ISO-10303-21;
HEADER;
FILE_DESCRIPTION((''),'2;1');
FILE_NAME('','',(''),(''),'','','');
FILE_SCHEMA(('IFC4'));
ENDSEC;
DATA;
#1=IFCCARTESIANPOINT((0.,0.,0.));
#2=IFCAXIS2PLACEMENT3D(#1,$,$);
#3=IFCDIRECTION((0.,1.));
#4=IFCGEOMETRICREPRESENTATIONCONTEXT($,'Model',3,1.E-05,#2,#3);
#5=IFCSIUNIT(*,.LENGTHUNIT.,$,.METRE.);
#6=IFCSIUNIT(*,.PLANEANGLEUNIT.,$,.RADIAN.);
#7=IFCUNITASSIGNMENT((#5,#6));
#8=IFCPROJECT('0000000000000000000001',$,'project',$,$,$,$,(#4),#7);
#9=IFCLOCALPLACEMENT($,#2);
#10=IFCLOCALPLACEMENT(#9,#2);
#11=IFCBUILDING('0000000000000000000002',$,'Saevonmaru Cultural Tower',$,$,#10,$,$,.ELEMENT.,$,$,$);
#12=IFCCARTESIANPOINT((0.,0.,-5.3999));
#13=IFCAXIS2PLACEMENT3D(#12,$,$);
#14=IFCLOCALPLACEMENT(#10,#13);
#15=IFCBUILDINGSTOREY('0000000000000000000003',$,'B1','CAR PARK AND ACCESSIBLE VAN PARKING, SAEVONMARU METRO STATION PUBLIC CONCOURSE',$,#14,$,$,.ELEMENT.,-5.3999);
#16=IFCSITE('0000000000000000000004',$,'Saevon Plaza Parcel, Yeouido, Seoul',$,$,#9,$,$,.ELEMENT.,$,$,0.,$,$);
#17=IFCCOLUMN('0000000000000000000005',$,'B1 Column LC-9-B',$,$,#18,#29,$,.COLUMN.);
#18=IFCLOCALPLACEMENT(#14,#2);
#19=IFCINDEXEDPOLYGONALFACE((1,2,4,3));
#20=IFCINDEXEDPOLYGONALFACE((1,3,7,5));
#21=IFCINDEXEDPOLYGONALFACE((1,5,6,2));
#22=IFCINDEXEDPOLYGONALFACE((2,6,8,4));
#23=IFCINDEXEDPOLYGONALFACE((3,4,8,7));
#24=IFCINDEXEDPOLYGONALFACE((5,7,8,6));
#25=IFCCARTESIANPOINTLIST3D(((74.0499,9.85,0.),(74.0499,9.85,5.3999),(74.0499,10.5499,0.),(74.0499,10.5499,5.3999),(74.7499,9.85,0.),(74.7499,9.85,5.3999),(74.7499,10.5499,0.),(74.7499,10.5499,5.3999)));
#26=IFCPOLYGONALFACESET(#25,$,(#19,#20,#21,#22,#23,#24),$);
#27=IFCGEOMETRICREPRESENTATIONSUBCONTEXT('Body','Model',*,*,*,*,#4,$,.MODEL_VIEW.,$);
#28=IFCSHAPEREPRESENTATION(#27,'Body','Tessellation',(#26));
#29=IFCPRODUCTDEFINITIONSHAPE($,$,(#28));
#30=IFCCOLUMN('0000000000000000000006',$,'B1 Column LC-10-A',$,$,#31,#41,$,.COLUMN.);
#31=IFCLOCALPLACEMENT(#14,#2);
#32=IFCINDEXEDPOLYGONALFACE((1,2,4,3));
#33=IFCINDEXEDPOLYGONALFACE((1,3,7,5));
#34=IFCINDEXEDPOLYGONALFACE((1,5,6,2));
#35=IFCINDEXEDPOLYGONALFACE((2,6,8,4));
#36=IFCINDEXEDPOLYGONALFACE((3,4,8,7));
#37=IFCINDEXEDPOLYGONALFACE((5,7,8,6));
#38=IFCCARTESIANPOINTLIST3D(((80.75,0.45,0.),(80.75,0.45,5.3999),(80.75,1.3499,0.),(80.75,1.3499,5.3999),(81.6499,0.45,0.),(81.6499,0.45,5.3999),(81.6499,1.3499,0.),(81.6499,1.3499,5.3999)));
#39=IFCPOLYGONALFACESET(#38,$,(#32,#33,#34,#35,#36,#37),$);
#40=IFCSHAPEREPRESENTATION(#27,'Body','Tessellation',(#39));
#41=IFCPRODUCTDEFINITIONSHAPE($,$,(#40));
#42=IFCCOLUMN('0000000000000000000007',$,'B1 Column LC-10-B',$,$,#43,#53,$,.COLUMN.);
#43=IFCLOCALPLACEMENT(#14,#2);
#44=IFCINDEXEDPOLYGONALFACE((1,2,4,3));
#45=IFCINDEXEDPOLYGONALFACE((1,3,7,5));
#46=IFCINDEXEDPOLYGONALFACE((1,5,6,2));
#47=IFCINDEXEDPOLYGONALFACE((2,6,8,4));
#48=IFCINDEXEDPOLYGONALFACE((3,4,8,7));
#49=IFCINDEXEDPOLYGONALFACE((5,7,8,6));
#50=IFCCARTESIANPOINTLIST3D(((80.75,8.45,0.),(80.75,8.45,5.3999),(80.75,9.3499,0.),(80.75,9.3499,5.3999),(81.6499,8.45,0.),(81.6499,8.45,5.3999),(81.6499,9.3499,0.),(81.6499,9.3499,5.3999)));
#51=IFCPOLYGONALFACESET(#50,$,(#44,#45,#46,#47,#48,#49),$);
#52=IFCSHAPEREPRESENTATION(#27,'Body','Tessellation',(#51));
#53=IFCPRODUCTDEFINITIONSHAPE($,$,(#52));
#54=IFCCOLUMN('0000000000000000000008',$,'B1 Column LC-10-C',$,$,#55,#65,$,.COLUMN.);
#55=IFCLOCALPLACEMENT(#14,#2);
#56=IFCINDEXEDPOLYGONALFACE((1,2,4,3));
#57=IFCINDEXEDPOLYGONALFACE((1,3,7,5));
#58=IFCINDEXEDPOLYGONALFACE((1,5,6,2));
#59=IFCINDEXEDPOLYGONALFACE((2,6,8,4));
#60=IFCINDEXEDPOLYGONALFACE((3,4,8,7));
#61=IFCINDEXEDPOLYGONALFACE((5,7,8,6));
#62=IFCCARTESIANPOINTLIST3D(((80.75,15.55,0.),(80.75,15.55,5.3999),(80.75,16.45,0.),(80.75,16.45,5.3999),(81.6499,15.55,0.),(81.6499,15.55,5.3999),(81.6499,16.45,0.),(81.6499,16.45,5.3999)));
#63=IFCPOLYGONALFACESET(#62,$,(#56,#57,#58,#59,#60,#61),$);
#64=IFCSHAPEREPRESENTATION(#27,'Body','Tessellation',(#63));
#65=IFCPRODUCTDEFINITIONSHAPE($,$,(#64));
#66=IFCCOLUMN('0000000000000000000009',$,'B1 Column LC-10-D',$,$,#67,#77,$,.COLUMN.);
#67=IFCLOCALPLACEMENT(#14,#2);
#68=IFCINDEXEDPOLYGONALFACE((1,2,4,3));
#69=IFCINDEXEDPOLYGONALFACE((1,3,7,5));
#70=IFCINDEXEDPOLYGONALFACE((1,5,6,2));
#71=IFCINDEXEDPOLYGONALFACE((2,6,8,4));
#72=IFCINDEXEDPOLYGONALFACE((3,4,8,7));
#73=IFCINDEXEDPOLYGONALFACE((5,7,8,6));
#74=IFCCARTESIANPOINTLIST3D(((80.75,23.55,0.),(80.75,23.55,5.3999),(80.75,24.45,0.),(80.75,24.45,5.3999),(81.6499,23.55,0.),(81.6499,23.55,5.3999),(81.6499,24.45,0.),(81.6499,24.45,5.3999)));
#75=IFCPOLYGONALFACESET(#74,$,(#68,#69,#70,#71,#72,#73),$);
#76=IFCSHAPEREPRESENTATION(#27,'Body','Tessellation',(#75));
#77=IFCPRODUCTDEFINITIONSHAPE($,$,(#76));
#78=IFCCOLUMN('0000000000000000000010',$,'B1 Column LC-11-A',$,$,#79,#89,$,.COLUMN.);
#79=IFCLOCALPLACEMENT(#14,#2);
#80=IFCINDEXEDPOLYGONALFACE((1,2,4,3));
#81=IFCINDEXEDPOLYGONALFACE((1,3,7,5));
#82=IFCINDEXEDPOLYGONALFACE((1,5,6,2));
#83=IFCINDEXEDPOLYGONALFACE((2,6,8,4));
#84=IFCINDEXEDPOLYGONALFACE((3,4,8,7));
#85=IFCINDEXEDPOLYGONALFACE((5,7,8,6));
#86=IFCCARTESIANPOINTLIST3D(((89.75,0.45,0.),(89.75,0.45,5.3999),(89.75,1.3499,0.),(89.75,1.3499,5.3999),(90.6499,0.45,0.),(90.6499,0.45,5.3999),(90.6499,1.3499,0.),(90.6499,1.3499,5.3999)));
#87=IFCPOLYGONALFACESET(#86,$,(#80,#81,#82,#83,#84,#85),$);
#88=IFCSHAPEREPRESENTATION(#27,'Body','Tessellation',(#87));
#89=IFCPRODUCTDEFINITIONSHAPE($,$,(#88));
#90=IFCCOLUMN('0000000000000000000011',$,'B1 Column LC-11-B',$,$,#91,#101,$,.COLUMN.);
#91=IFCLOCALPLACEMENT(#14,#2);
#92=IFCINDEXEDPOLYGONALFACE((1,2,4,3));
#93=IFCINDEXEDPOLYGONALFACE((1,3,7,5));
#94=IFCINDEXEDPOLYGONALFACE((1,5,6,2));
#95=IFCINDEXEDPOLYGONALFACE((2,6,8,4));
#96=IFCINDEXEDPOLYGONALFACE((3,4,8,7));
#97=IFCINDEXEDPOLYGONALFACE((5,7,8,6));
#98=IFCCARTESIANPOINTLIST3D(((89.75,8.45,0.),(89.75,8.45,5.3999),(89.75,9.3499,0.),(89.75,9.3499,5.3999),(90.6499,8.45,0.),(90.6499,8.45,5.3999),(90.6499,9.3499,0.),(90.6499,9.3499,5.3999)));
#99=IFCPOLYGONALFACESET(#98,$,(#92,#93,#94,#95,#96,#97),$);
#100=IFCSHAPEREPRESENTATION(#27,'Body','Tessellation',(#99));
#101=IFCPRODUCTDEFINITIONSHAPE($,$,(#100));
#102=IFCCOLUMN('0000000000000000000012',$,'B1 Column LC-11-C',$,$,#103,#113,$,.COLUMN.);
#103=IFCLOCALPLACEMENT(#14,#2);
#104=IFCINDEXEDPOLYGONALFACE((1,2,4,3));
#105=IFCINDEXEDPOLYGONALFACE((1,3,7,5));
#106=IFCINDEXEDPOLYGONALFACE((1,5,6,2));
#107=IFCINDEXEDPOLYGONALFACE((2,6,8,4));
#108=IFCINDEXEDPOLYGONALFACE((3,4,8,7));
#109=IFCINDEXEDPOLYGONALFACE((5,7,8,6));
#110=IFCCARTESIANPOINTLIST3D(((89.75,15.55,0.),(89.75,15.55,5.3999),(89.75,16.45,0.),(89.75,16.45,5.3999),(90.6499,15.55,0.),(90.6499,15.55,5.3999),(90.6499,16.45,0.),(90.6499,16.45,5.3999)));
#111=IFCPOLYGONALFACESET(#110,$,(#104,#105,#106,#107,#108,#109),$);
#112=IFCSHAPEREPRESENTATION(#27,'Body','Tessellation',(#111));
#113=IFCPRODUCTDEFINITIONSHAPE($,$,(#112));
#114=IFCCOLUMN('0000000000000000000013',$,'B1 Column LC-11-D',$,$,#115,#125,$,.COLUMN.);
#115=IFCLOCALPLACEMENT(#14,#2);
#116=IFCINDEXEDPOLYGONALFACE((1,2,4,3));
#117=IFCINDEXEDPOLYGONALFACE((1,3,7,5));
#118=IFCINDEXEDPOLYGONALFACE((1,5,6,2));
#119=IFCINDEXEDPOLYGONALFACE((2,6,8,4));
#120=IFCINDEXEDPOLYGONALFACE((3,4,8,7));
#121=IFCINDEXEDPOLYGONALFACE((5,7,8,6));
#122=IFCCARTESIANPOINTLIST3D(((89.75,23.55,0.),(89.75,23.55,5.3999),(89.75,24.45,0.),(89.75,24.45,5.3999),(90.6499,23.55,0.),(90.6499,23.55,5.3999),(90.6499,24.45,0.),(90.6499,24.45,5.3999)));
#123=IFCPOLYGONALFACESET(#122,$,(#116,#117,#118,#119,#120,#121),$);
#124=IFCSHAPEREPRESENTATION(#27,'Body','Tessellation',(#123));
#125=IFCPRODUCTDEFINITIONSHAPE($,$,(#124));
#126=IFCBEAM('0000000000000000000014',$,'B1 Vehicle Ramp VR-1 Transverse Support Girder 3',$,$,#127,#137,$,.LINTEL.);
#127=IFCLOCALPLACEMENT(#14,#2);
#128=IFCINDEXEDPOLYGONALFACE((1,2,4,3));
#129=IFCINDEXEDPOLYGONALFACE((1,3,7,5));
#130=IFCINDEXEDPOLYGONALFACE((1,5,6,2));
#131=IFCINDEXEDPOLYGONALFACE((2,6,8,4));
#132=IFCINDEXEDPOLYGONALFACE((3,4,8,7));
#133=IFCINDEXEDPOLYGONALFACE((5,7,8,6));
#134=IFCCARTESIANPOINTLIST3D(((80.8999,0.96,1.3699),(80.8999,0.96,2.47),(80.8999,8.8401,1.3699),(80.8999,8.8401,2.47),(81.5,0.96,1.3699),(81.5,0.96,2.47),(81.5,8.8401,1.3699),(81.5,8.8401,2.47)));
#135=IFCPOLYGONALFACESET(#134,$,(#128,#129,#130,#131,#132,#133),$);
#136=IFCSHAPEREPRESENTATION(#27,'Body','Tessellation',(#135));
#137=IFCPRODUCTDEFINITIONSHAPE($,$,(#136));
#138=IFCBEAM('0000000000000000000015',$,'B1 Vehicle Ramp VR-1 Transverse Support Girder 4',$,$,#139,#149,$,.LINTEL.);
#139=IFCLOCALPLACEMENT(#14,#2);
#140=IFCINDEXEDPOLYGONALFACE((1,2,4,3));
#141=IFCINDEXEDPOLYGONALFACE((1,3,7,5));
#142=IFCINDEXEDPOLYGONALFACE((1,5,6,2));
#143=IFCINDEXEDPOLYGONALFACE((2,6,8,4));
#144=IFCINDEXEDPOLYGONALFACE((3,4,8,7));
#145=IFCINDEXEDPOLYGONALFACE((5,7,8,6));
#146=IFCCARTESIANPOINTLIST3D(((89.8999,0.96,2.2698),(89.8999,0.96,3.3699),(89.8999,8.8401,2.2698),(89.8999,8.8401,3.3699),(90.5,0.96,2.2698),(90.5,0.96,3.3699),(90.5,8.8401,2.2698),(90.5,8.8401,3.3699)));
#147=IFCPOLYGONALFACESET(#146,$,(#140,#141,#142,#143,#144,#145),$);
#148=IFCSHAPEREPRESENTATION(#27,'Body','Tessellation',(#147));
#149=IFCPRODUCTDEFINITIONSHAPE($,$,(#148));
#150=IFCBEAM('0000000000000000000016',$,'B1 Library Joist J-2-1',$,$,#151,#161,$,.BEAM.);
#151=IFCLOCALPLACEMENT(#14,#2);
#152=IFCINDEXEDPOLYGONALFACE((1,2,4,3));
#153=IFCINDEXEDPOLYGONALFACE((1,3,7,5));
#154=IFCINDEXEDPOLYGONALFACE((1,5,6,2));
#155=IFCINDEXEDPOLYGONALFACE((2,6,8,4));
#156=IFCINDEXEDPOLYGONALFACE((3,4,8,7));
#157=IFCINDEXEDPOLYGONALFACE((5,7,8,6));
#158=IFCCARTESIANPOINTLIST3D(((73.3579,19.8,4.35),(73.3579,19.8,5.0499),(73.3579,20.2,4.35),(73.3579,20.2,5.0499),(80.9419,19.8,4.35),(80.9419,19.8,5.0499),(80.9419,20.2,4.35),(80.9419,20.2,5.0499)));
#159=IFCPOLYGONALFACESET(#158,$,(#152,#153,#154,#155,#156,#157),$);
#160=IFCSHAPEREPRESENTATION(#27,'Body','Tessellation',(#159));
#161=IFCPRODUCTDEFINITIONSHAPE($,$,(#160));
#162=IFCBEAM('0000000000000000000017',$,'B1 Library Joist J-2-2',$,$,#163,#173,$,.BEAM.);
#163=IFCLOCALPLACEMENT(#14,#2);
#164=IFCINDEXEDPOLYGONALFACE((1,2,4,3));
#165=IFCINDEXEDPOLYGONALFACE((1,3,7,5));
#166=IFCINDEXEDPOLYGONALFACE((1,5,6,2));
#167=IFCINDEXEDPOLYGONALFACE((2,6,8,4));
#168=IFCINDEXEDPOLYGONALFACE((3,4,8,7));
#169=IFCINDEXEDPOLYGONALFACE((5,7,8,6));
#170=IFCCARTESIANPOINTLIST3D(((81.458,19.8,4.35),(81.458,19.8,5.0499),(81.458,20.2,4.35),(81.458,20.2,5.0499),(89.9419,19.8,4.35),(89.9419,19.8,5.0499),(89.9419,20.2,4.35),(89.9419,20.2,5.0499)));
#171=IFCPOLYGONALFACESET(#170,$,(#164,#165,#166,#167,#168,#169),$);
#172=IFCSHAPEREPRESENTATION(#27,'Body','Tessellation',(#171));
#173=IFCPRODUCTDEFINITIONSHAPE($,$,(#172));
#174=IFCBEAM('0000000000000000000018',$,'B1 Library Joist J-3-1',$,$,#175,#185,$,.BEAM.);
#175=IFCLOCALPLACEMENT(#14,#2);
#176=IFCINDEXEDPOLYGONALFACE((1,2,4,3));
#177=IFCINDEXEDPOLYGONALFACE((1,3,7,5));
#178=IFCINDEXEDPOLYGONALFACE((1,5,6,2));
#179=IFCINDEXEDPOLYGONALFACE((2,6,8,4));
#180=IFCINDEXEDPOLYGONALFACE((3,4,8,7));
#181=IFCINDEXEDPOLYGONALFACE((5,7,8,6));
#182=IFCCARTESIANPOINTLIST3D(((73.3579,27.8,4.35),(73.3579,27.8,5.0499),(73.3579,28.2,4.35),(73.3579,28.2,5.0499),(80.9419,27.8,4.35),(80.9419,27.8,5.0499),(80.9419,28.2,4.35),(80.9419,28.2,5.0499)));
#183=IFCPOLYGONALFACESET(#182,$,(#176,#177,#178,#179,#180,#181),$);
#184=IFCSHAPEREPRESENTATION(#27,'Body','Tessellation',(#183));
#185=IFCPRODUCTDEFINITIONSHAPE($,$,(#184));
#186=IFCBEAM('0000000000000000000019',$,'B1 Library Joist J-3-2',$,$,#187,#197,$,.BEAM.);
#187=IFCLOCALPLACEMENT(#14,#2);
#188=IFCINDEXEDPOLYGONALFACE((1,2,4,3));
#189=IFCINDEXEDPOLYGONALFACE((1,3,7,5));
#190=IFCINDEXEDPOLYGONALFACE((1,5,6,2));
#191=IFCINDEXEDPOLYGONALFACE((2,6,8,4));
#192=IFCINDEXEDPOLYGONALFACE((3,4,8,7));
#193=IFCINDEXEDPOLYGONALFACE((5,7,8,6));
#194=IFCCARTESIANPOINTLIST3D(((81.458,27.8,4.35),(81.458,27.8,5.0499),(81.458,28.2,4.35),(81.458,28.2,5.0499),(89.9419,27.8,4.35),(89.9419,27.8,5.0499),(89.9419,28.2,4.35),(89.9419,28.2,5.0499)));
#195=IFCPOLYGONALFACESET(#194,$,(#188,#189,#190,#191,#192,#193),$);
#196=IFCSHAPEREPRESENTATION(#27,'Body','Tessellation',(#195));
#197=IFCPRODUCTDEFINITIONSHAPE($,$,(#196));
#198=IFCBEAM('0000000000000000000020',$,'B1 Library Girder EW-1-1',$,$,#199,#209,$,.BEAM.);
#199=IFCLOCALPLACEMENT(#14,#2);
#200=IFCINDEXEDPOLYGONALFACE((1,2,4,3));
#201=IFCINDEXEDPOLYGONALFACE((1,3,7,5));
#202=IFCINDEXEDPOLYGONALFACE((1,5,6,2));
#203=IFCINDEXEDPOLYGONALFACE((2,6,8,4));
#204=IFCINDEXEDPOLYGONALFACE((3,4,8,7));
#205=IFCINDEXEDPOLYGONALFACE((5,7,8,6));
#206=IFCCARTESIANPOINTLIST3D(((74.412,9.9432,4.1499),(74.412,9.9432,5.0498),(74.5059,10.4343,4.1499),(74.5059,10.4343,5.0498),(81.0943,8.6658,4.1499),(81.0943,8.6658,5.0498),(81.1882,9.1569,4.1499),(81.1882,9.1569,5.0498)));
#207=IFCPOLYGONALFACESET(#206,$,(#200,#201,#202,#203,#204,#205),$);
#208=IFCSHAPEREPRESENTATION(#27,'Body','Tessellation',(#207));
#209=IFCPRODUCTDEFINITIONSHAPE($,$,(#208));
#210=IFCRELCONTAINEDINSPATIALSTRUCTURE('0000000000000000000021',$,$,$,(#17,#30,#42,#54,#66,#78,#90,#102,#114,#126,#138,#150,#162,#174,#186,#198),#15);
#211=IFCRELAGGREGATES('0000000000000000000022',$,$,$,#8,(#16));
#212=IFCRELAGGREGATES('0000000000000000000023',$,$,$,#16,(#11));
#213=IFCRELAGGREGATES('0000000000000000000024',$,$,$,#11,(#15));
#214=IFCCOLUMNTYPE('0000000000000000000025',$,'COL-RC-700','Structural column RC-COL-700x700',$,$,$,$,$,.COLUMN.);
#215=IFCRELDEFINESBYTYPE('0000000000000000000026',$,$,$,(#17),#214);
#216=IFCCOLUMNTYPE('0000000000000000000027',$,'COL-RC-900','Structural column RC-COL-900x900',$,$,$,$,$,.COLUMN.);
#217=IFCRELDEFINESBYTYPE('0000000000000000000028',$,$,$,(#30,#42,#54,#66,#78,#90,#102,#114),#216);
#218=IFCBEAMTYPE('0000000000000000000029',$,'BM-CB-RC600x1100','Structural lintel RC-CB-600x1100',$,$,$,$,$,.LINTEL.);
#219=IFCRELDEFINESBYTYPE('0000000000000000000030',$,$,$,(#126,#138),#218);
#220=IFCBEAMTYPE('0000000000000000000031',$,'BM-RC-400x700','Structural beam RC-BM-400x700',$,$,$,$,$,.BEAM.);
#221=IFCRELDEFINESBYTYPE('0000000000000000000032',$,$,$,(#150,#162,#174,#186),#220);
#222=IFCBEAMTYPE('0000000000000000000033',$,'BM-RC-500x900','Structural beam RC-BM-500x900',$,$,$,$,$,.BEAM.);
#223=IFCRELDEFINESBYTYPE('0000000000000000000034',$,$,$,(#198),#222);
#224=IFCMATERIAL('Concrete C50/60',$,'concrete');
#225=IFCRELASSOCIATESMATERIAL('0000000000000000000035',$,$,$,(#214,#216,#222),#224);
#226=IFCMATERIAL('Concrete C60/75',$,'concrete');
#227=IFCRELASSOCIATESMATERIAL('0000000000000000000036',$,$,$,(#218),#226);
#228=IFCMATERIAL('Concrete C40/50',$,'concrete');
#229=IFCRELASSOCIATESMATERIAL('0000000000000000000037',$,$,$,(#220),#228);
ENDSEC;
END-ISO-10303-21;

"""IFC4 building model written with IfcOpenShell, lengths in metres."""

from ifc_helpers import new_model, si_unit, direction, frame, origin, origin_2d, place, context, subcontext, project, spatial, rectangle, extrude, material, material_profile, profile_set, type_object, element, save


model = new_model("IFC4")

# Units and contexts
model_context = context("Model", 3, precision=1e-05, world=origin(), true_north=direction((0.0, 1.0)))
body_context = subcontext(model_context, "Body", "Model", "MODEL_VIEW")
ifc_project = project(units=[si_unit("LENGTHUNIT", "METRE"), si_unit("PLANEANGLEUNIT", "RADIAN")], contexts=[model_context])

# Site, building, storey
site_placement = place(None, origin())
site = spatial("IfcSite", under=ifc_project, at=site_placement, Name="Saevon Plaza Parcel, Yeouido, Seoul", CompositionType="ELEMENT", RefElevation=0.0)
building_placement = place(site_placement, origin())
building = spatial("IfcBuilding", under=site, at=building_placement, Name="Saevonmaru Cultural Tower", CompositionType="ELEMENT")
storey_placement = place(building_placement, frame((0.0, 0.0, -5.3999)))
storey = spatial("IfcBuildingStorey", under=building, at=storey_placement, Name="B1", Description="CAR PARK AND ACCESSIBLE VAN PARKING, SAEVONMARU METRO STATION PUBLIC CONCOURSE", CompositionType="ELEMENT", Elevation=-5.3999)

# Columns
ifc_material_1 = material(Name="Concrete C50/60", Category="concrete")
ifc_material_profile_1 = material_profile(ifc_material_1, rectangle(XDim=0.7, YDim=0.7, at=origin_2d()), Name="RC-COL-700x700")
ifc_profile_set_1 = profile_set([ifc_material_profile_1], Name="Concrete C50/60")
column_type_1 = type_object("IfcColumnType", Name="COL-RC-700", Description="Structural column RC-COL-700x700", PredefinedType="COLUMN", material=ifc_profile_set_1)
column_placement = place(storey_placement, frame((74.3999, 10.2, 0.0), z_axis=(0.0, 0.0, 1.0), x_axis=(1.0, 0.0, 0.0)))
element("IfcColumn", 1, at=column_placement, inside=storey, type_object=column_type_1, Name="B1 Column LC-9-B", PredefinedType="COLUMN", context=body_context, shape_type="SweptSolid", body=[
    extrude(rectangle(XDim=0.7, YDim=0.7, at=origin_2d()), origin(), (0.0, 0.0, 1.0), 5.3999),
])
ifc_material_profile_2 = material_profile(ifc_material_1, rectangle(XDim=0.8999, YDim=0.8999, at=origin_2d()), Name="RC-COL-900x900")
ifc_profile_set_2 = profile_set([ifc_material_profile_2], Name="Concrete C50/60")
column_type_2 = type_object("IfcColumnType", Name="COL-RC-900", Description="Structural column RC-COL-900x900", PredefinedType="COLUMN", material=ifc_profile_set_2)
for number, where, z_axis, x_axis, name in (
    (2, (81.2, 0.8999, 0.0), (0.0, 0.0, 1.0), (1.0, 0.0, 0.0), "B1 Column LC-10-A"),
    (3, (81.2, 8.8999, 0.0), (0.0, 0.0, 1.0), (1.0, 0.0, 0.0), "B1 Column LC-10-B"),
    (4, (81.2, 16.0, 0.0), (0.0, 0.0, 1.0), (1.0, 0.0, 0.0), "B1 Column LC-10-C"),
    (5, (81.2, 24.0, 0.0), (0.0, 0.0, 1.0), (1.0, 0.0, 0.0), "B1 Column LC-10-D"),
    (6, (90.2, 0.8999, 0.0), (0.0, 0.0, 1.0), (1.0, 0.0, 0.0), "B1 Column LC-11-A"),
    (7, (90.2, 8.8999, 0.0), (0.0, 0.0, 1.0), (1.0, 0.0, 0.0), "B1 Column LC-11-B"),
    (8, (90.2, 16.0, 0.0), (0.0, 0.0, 1.0), (1.0, 0.0, 0.0), "B1 Column LC-11-C"),
    (9, (90.2, 24.0, 0.0), (0.0, 0.0, 1.0), (1.0, 0.0, 0.0), "B1 Column LC-11-D"),
):
    element("IfcColumn", number, at=place(storey_placement, frame(where, z_axis=z_axis, x_axis=x_axis)), inside=storey, type_object=column_type_2, Name=name, PredefinedType="COLUMN", context=body_context, shape_type="SweptSolid", body=[
        extrude(rectangle(XDim=0.8999, YDim=0.8999, at=origin_2d()), origin(), (0.0, 0.0, 1.0), 5.3999),
    ])

# Beams
ifc_material_2 = material(Name="Concrete C60/75", Category="concrete")
ifc_material_profile_3 = material_profile(ifc_material_2, rectangle(XDim=0.6001, YDim=1.1001, at=origin_2d()), Name="RC-CB-600x1100")
ifc_profile_set_3 = profile_set([ifc_material_profile_3], Name="Concrete C60/75")
beam_type_1 = type_object("IfcBeamType", Name="BM-CB-RC600x1100", Description="Structural lintel RC-CB-600x1100", PredefinedType="LINTEL", material=ifc_profile_set_3)
for number, where, z_axis, x_axis, name in (
    (10, (81.2, 0.96, 1.9199), (0.0, 1.0, 0.0), (-1.0, 0.0, 0.0), "B1 Vehicle Ramp VR-1 Transverse Support Girder 3"),
    (11, (90.2, 0.96, 2.8198), (0.0, 1.0, 0.0), (-1.0, 0.0, 0.0), "B1 Vehicle Ramp VR-1 Transverse Support Girder 4"),
):
    element("IfcBeam", number, at=place(storey_placement, frame(where, z_axis=z_axis, x_axis=x_axis)), inside=storey, type_object=beam_type_1, Name=name, PredefinedType="LINTEL", context=body_context, shape_type="SweptSolid", body=[
        extrude(rectangle(XDim=0.6001, YDim=1.1001, at=origin_2d()), origin(), (0.0, 0.0, 1.0), 7.8801),
    ])
ifc_material_3 = material(Name="Concrete C40/50", Category="concrete")
ifc_material_profile_4 = material_profile(ifc_material_3, rectangle(XDim=0.3999, YDim=0.7, at=origin_2d()), Name="RC-BM-400x700")
ifc_profile_set_4 = profile_set([ifc_material_profile_4], Name="Concrete C40/50")
beam_type_2 = type_object("IfcBeamType", Name="BM-RC-400x700", Description="Structural beam RC-BM-400x700", PredefinedType="BEAM", material=ifc_profile_set_4)
beam_1_placement = place(storey_placement, frame((73.3579, 20.0, 4.7), z_axis=(1.0, 0.0, 0.0), x_axis=(0.0, 1.0, 0.0)))
element("IfcBeam", 12, at=beam_1_placement, inside=storey, type_object=beam_type_2, Name="B1 Library Joist J-2-1", PredefinedType="BEAM", context=body_context, shape_type="SweptSolid", body=[
    extrude(rectangle(XDim=0.3999, YDim=0.7, at=origin_2d()), origin(), (0.0, 0.0, 1.0), 7.584),
])
beam_2_placement = place(storey_placement, frame((81.458, 20.0, 4.7), z_axis=(1.0, 0.0, 0.0), x_axis=(0.0, 1.0, 0.0)))
element("IfcBeam", 13, at=beam_2_placement, inside=storey, type_object=beam_type_2, Name="B1 Library Joist J-2-2", PredefinedType="BEAM", context=body_context, shape_type="SweptSolid", body=[
    extrude(rectangle(XDim=0.3999, YDim=0.7, at=origin_2d()), origin(), (0.0, 0.0, 1.0), 8.4839),
])
beam_3_placement = place(storey_placement, frame((73.3579, 28.0, 4.7), z_axis=(1.0, 0.0, 0.0), x_axis=(0.0, 1.0, 0.0)))
element("IfcBeam", 14, at=beam_3_placement, inside=storey, type_object=beam_type_2, Name="B1 Library Joist J-3-1", PredefinedType="BEAM", context=body_context, shape_type="SweptSolid", body=[
    extrude(rectangle(XDim=0.3999, YDim=0.7, at=origin_2d()), origin(), (0.0, 0.0, 1.0), 7.584),
])
beam_4_placement = place(storey_placement, frame((81.458, 28.0, 4.7), z_axis=(1.0, 0.0, 0.0), x_axis=(0.0, 1.0, 0.0)))
element("IfcBeam", 15, at=beam_4_placement, inside=storey, type_object=beam_type_2, Name="B1 Library Joist J-3-2", PredefinedType="BEAM", context=body_context, shape_type="SweptSolid", body=[
    extrude(rectangle(XDim=0.3999, YDim=0.7, at=origin_2d()), origin(), (0.0, 0.0, 1.0), 8.4839),
])
ifc_material_profile_5 = material_profile(ifc_material_1, rectangle(XDim=0.5, YDim=0.8999, at=origin_2d()), Name="RC-BM-500x900")
ifc_profile_set_5 = profile_set([ifc_material_profile_5], Name="Concrete C50/60")
beam_type_3 = type_object("IfcBeamType", Name="BM-RC-500x900", Description="Structural beam RC-BM-500x900", PredefinedType="BEAM", material=ifc_profile_set_5)
beam_5_placement = place(storey_placement, frame((74.459, 10.1887, 4.5999), z_axis=(0.982215, -0.187758, 0.0), x_axis=(0.187758, 0.982215, 0.0)))
element("IfcBeam", 16, at=beam_5_placement, inside=storey, type_object=beam_type_3, Name="B1 Library Girder EW-1-1", PredefinedType="BEAM", context=body_context, shape_type="SweptSolid", body=[
    extrude(rectangle(XDim=0.5, YDim=0.8999, at=origin_2d()), origin(), (0.0, 0.0, 1.0), 6.8032),
])

save(model, "model.ifc")
